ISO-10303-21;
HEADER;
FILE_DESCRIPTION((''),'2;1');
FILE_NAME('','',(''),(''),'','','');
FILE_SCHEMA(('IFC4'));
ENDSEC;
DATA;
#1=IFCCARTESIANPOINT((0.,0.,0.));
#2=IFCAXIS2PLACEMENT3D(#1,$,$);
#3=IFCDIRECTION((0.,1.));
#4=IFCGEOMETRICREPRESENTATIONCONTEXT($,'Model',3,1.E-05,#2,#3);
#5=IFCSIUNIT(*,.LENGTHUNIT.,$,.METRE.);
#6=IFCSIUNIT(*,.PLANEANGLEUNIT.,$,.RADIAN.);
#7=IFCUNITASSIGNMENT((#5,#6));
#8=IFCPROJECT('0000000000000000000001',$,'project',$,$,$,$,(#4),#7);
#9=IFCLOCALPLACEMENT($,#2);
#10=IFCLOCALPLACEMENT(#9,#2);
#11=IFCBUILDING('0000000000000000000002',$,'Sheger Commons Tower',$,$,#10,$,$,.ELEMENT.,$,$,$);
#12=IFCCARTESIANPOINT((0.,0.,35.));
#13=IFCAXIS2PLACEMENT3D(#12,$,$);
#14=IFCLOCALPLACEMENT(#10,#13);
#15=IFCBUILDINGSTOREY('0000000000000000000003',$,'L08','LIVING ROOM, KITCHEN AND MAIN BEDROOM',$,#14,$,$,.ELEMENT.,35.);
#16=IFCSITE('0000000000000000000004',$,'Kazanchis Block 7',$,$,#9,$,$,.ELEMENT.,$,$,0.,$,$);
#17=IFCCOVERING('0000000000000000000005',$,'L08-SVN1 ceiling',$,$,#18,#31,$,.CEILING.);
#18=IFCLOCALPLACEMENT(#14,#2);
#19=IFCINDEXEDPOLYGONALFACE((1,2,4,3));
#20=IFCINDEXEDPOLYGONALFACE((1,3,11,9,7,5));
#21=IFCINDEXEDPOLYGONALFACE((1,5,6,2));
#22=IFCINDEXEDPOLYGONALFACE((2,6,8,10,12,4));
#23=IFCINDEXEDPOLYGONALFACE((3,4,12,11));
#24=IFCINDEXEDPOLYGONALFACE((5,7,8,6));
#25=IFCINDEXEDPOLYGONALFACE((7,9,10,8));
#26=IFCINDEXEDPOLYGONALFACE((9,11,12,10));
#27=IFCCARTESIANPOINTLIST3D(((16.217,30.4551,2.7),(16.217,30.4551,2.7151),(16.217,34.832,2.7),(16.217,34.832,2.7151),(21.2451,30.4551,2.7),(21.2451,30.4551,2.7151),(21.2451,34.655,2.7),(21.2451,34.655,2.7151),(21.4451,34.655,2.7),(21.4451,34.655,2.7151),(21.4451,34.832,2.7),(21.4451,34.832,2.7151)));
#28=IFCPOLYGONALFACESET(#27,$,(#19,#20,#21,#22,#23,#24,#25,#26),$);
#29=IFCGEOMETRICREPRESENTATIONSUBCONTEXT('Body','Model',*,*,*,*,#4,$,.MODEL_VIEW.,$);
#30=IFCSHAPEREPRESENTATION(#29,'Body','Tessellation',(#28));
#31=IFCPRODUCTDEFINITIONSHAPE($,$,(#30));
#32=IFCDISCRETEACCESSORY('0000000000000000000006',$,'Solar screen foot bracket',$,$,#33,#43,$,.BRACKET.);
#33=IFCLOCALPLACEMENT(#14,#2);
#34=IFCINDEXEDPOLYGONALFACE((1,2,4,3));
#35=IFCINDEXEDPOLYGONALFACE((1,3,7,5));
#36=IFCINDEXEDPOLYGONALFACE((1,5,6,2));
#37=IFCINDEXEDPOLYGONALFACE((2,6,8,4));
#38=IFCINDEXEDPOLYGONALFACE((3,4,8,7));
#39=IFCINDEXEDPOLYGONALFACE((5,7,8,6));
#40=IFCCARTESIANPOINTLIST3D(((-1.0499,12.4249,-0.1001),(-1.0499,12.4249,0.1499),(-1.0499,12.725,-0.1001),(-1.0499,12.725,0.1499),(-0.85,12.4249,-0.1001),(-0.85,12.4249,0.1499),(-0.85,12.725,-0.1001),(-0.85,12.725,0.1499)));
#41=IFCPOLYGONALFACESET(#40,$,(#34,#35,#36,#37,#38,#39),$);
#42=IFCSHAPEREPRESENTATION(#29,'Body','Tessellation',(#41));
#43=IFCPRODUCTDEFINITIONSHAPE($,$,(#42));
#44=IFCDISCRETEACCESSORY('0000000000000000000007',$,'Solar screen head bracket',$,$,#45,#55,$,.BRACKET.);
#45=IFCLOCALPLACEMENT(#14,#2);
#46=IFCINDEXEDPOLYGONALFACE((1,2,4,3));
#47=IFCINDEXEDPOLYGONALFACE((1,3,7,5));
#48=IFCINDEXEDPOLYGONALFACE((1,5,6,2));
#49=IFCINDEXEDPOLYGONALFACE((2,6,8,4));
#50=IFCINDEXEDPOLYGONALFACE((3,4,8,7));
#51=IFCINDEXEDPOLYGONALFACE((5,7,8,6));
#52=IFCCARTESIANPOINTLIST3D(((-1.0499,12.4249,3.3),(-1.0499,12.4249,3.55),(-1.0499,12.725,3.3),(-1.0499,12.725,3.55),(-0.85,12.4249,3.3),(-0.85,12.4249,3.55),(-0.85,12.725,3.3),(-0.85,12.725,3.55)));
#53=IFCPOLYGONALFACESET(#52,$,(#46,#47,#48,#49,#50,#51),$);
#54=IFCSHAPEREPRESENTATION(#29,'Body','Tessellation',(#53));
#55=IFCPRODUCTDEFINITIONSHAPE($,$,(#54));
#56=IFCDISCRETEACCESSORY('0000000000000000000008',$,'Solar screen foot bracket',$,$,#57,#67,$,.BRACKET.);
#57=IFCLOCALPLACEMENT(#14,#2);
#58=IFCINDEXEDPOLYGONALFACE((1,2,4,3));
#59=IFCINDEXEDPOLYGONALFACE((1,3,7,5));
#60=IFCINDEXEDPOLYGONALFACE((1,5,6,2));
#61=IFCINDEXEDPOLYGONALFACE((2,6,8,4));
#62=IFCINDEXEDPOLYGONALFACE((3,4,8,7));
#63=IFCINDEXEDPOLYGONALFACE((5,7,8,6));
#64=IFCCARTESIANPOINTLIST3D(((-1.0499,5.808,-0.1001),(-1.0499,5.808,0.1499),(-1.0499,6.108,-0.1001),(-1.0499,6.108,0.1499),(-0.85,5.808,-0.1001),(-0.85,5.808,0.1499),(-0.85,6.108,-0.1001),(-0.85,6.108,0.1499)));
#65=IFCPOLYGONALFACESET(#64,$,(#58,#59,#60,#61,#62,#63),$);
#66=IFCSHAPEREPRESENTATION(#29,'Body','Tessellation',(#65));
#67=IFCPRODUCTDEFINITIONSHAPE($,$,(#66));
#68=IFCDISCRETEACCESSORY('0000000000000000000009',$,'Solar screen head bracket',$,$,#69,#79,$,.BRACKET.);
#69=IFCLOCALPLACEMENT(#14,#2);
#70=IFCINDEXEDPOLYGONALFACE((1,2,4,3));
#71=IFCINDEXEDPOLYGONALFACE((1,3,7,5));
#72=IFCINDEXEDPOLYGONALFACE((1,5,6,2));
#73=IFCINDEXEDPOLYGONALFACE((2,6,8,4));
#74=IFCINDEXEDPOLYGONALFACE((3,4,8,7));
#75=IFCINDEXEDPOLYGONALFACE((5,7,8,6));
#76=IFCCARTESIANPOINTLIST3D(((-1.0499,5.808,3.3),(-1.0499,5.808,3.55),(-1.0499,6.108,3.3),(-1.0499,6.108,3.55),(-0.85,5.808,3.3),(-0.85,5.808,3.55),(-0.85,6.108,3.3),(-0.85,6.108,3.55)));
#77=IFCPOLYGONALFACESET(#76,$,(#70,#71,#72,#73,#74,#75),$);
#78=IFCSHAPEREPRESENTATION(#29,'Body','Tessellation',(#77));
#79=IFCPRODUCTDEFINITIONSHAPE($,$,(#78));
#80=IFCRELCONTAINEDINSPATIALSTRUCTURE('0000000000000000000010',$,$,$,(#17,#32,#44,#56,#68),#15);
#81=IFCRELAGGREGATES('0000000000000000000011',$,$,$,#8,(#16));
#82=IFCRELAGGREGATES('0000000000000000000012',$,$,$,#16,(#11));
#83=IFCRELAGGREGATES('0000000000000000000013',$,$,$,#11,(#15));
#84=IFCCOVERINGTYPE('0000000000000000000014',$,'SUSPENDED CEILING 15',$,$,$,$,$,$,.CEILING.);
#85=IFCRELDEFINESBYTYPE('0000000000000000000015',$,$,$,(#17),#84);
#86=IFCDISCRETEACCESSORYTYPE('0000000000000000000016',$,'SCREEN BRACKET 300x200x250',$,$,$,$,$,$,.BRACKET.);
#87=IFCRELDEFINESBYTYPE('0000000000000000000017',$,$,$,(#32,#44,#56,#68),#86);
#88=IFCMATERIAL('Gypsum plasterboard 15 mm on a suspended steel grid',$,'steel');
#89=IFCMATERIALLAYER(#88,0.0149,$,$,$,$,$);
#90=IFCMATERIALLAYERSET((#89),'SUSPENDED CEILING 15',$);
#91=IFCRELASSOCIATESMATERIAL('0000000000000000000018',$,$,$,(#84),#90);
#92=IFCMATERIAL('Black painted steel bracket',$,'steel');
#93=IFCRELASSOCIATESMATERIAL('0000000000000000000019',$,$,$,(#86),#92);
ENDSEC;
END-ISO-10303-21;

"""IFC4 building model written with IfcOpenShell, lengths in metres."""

from ifc_helpers import new_model, si_unit, direction, frame, origin, origin_2d, place, context, subcontext, project, spatial, polyline, rectangle, outline, extrude, material, layer, layer_set, type_object, element, save


model = new_model("IFC4")

# Units and contexts
model_context = context("Model", 3, precision=1e-05, world=origin(), true_north=direction((0.0, 1.0)))
body_context = subcontext(model_context, "Body", "Model", "MODEL_VIEW")
ifc_project = project(units=[si_unit("LENGTHUNIT", "METRE"), si_unit("PLANEANGLEUNIT", "RADIAN")], contexts=[model_context])

# Site, building, storey
site_placement = place(None, origin())
site = spatial("IfcSite", under=ifc_project, at=site_placement, Name="Kazanchis Block 7", CompositionType="ELEMENT", RefElevation=0.0)
building_placement = place(site_placement, origin())
building = spatial("IfcBuilding", under=site, at=building_placement, Name="Sheger Commons Tower", CompositionType="ELEMENT")
storey_placement = place(building_placement, frame((0.0, 0.0, 35.0)))
storey = spatial("IfcBuildingStorey", under=building, at=storey_placement, Name="L08", Description="LIVING ROOM, KITCHEN AND MAIN BEDROOM", CompositionType="ELEMENT", Elevation=35.0)

# Covering
ifc_material_1 = material(Name="Gypsum plasterboard 15 mm on a suspended steel grid", Category="steel")
ifc_layer_1 = layer(ifc_material_1, 0.0149)
ifc_layer_set_1 = layer_set([ifc_layer_1], Name="SUSPENDED CEILING 15")
covering_type_1 = type_object("IfcCoveringType", Name="SUSPENDED CEILING 15", PredefinedType="CEILING", material=ifc_layer_set_1)
covering_1_placement = place(storey_placement, frame((0.0, 0.0, 2.7)))
element("IfcCovering", 1, at=covering_1_placement, inside=storey, type_object=covering_type_1, Name="L08-SVN1 ceiling", PredefinedType="CEILING", context=body_context, shape_type="SweptSolid", body=[
    extrude(outline(polyline([(16.217, 30.4551), (21.2451, 30.4551), (21.2451, 34.655), (21.4451, 34.655), (21.4451, 34.832), (16.217, 34.832), (16.217, 30.4551)])), origin(), (0.0, 0.0, 1.0), 0.0151),
])

# Discrete accessories
ifc_material_2 = material(Name="Black painted steel bracket", Category="steel")
discrete_accessory_type = type_object("IfcDiscreteAccessoryType", Name="SCREEN BRACKET 300x200x250", PredefinedType="BRACKET", material=ifc_material_2)
for number, where, z_axis, x_axis, name in (
    (2, (-0.95, 12.575, -0.1001), (0.0, 0.0, 1.0), (0.0, -1.0, 0.0), "Solar screen foot bracket"),
    (3, (-0.95, 12.575, 3.3), (0.0, 0.0, 1.0), (0.0, -1.0, 0.0), "Solar screen head bracket"),
    (4, (-0.95, 5.958, -0.1001), (0.0, 0.0, 1.0), (0.0, -1.0, 0.0), "Solar screen foot bracket"),
    (5, (-0.95, 5.958, 3.3), (0.0, 0.0, 1.0), (0.0, -1.0, 0.0), "Solar screen head bracket"),
):
    element("IfcDiscreteAccessory", number, at=place(storey_placement, frame(where, z_axis=z_axis, x_axis=x_axis)), inside=storey, type_object=discrete_accessory_type, Name=name, PredefinedType="BRACKET", context=body_context, shape_type="SweptSolid", body=[
        extrude(rectangle(XDim=0.3, YDim=0.2, at=origin_2d()), origin(), (0.0, 0.0, 1.0), 0.25),
    ])

save(model, "model.ifc")
